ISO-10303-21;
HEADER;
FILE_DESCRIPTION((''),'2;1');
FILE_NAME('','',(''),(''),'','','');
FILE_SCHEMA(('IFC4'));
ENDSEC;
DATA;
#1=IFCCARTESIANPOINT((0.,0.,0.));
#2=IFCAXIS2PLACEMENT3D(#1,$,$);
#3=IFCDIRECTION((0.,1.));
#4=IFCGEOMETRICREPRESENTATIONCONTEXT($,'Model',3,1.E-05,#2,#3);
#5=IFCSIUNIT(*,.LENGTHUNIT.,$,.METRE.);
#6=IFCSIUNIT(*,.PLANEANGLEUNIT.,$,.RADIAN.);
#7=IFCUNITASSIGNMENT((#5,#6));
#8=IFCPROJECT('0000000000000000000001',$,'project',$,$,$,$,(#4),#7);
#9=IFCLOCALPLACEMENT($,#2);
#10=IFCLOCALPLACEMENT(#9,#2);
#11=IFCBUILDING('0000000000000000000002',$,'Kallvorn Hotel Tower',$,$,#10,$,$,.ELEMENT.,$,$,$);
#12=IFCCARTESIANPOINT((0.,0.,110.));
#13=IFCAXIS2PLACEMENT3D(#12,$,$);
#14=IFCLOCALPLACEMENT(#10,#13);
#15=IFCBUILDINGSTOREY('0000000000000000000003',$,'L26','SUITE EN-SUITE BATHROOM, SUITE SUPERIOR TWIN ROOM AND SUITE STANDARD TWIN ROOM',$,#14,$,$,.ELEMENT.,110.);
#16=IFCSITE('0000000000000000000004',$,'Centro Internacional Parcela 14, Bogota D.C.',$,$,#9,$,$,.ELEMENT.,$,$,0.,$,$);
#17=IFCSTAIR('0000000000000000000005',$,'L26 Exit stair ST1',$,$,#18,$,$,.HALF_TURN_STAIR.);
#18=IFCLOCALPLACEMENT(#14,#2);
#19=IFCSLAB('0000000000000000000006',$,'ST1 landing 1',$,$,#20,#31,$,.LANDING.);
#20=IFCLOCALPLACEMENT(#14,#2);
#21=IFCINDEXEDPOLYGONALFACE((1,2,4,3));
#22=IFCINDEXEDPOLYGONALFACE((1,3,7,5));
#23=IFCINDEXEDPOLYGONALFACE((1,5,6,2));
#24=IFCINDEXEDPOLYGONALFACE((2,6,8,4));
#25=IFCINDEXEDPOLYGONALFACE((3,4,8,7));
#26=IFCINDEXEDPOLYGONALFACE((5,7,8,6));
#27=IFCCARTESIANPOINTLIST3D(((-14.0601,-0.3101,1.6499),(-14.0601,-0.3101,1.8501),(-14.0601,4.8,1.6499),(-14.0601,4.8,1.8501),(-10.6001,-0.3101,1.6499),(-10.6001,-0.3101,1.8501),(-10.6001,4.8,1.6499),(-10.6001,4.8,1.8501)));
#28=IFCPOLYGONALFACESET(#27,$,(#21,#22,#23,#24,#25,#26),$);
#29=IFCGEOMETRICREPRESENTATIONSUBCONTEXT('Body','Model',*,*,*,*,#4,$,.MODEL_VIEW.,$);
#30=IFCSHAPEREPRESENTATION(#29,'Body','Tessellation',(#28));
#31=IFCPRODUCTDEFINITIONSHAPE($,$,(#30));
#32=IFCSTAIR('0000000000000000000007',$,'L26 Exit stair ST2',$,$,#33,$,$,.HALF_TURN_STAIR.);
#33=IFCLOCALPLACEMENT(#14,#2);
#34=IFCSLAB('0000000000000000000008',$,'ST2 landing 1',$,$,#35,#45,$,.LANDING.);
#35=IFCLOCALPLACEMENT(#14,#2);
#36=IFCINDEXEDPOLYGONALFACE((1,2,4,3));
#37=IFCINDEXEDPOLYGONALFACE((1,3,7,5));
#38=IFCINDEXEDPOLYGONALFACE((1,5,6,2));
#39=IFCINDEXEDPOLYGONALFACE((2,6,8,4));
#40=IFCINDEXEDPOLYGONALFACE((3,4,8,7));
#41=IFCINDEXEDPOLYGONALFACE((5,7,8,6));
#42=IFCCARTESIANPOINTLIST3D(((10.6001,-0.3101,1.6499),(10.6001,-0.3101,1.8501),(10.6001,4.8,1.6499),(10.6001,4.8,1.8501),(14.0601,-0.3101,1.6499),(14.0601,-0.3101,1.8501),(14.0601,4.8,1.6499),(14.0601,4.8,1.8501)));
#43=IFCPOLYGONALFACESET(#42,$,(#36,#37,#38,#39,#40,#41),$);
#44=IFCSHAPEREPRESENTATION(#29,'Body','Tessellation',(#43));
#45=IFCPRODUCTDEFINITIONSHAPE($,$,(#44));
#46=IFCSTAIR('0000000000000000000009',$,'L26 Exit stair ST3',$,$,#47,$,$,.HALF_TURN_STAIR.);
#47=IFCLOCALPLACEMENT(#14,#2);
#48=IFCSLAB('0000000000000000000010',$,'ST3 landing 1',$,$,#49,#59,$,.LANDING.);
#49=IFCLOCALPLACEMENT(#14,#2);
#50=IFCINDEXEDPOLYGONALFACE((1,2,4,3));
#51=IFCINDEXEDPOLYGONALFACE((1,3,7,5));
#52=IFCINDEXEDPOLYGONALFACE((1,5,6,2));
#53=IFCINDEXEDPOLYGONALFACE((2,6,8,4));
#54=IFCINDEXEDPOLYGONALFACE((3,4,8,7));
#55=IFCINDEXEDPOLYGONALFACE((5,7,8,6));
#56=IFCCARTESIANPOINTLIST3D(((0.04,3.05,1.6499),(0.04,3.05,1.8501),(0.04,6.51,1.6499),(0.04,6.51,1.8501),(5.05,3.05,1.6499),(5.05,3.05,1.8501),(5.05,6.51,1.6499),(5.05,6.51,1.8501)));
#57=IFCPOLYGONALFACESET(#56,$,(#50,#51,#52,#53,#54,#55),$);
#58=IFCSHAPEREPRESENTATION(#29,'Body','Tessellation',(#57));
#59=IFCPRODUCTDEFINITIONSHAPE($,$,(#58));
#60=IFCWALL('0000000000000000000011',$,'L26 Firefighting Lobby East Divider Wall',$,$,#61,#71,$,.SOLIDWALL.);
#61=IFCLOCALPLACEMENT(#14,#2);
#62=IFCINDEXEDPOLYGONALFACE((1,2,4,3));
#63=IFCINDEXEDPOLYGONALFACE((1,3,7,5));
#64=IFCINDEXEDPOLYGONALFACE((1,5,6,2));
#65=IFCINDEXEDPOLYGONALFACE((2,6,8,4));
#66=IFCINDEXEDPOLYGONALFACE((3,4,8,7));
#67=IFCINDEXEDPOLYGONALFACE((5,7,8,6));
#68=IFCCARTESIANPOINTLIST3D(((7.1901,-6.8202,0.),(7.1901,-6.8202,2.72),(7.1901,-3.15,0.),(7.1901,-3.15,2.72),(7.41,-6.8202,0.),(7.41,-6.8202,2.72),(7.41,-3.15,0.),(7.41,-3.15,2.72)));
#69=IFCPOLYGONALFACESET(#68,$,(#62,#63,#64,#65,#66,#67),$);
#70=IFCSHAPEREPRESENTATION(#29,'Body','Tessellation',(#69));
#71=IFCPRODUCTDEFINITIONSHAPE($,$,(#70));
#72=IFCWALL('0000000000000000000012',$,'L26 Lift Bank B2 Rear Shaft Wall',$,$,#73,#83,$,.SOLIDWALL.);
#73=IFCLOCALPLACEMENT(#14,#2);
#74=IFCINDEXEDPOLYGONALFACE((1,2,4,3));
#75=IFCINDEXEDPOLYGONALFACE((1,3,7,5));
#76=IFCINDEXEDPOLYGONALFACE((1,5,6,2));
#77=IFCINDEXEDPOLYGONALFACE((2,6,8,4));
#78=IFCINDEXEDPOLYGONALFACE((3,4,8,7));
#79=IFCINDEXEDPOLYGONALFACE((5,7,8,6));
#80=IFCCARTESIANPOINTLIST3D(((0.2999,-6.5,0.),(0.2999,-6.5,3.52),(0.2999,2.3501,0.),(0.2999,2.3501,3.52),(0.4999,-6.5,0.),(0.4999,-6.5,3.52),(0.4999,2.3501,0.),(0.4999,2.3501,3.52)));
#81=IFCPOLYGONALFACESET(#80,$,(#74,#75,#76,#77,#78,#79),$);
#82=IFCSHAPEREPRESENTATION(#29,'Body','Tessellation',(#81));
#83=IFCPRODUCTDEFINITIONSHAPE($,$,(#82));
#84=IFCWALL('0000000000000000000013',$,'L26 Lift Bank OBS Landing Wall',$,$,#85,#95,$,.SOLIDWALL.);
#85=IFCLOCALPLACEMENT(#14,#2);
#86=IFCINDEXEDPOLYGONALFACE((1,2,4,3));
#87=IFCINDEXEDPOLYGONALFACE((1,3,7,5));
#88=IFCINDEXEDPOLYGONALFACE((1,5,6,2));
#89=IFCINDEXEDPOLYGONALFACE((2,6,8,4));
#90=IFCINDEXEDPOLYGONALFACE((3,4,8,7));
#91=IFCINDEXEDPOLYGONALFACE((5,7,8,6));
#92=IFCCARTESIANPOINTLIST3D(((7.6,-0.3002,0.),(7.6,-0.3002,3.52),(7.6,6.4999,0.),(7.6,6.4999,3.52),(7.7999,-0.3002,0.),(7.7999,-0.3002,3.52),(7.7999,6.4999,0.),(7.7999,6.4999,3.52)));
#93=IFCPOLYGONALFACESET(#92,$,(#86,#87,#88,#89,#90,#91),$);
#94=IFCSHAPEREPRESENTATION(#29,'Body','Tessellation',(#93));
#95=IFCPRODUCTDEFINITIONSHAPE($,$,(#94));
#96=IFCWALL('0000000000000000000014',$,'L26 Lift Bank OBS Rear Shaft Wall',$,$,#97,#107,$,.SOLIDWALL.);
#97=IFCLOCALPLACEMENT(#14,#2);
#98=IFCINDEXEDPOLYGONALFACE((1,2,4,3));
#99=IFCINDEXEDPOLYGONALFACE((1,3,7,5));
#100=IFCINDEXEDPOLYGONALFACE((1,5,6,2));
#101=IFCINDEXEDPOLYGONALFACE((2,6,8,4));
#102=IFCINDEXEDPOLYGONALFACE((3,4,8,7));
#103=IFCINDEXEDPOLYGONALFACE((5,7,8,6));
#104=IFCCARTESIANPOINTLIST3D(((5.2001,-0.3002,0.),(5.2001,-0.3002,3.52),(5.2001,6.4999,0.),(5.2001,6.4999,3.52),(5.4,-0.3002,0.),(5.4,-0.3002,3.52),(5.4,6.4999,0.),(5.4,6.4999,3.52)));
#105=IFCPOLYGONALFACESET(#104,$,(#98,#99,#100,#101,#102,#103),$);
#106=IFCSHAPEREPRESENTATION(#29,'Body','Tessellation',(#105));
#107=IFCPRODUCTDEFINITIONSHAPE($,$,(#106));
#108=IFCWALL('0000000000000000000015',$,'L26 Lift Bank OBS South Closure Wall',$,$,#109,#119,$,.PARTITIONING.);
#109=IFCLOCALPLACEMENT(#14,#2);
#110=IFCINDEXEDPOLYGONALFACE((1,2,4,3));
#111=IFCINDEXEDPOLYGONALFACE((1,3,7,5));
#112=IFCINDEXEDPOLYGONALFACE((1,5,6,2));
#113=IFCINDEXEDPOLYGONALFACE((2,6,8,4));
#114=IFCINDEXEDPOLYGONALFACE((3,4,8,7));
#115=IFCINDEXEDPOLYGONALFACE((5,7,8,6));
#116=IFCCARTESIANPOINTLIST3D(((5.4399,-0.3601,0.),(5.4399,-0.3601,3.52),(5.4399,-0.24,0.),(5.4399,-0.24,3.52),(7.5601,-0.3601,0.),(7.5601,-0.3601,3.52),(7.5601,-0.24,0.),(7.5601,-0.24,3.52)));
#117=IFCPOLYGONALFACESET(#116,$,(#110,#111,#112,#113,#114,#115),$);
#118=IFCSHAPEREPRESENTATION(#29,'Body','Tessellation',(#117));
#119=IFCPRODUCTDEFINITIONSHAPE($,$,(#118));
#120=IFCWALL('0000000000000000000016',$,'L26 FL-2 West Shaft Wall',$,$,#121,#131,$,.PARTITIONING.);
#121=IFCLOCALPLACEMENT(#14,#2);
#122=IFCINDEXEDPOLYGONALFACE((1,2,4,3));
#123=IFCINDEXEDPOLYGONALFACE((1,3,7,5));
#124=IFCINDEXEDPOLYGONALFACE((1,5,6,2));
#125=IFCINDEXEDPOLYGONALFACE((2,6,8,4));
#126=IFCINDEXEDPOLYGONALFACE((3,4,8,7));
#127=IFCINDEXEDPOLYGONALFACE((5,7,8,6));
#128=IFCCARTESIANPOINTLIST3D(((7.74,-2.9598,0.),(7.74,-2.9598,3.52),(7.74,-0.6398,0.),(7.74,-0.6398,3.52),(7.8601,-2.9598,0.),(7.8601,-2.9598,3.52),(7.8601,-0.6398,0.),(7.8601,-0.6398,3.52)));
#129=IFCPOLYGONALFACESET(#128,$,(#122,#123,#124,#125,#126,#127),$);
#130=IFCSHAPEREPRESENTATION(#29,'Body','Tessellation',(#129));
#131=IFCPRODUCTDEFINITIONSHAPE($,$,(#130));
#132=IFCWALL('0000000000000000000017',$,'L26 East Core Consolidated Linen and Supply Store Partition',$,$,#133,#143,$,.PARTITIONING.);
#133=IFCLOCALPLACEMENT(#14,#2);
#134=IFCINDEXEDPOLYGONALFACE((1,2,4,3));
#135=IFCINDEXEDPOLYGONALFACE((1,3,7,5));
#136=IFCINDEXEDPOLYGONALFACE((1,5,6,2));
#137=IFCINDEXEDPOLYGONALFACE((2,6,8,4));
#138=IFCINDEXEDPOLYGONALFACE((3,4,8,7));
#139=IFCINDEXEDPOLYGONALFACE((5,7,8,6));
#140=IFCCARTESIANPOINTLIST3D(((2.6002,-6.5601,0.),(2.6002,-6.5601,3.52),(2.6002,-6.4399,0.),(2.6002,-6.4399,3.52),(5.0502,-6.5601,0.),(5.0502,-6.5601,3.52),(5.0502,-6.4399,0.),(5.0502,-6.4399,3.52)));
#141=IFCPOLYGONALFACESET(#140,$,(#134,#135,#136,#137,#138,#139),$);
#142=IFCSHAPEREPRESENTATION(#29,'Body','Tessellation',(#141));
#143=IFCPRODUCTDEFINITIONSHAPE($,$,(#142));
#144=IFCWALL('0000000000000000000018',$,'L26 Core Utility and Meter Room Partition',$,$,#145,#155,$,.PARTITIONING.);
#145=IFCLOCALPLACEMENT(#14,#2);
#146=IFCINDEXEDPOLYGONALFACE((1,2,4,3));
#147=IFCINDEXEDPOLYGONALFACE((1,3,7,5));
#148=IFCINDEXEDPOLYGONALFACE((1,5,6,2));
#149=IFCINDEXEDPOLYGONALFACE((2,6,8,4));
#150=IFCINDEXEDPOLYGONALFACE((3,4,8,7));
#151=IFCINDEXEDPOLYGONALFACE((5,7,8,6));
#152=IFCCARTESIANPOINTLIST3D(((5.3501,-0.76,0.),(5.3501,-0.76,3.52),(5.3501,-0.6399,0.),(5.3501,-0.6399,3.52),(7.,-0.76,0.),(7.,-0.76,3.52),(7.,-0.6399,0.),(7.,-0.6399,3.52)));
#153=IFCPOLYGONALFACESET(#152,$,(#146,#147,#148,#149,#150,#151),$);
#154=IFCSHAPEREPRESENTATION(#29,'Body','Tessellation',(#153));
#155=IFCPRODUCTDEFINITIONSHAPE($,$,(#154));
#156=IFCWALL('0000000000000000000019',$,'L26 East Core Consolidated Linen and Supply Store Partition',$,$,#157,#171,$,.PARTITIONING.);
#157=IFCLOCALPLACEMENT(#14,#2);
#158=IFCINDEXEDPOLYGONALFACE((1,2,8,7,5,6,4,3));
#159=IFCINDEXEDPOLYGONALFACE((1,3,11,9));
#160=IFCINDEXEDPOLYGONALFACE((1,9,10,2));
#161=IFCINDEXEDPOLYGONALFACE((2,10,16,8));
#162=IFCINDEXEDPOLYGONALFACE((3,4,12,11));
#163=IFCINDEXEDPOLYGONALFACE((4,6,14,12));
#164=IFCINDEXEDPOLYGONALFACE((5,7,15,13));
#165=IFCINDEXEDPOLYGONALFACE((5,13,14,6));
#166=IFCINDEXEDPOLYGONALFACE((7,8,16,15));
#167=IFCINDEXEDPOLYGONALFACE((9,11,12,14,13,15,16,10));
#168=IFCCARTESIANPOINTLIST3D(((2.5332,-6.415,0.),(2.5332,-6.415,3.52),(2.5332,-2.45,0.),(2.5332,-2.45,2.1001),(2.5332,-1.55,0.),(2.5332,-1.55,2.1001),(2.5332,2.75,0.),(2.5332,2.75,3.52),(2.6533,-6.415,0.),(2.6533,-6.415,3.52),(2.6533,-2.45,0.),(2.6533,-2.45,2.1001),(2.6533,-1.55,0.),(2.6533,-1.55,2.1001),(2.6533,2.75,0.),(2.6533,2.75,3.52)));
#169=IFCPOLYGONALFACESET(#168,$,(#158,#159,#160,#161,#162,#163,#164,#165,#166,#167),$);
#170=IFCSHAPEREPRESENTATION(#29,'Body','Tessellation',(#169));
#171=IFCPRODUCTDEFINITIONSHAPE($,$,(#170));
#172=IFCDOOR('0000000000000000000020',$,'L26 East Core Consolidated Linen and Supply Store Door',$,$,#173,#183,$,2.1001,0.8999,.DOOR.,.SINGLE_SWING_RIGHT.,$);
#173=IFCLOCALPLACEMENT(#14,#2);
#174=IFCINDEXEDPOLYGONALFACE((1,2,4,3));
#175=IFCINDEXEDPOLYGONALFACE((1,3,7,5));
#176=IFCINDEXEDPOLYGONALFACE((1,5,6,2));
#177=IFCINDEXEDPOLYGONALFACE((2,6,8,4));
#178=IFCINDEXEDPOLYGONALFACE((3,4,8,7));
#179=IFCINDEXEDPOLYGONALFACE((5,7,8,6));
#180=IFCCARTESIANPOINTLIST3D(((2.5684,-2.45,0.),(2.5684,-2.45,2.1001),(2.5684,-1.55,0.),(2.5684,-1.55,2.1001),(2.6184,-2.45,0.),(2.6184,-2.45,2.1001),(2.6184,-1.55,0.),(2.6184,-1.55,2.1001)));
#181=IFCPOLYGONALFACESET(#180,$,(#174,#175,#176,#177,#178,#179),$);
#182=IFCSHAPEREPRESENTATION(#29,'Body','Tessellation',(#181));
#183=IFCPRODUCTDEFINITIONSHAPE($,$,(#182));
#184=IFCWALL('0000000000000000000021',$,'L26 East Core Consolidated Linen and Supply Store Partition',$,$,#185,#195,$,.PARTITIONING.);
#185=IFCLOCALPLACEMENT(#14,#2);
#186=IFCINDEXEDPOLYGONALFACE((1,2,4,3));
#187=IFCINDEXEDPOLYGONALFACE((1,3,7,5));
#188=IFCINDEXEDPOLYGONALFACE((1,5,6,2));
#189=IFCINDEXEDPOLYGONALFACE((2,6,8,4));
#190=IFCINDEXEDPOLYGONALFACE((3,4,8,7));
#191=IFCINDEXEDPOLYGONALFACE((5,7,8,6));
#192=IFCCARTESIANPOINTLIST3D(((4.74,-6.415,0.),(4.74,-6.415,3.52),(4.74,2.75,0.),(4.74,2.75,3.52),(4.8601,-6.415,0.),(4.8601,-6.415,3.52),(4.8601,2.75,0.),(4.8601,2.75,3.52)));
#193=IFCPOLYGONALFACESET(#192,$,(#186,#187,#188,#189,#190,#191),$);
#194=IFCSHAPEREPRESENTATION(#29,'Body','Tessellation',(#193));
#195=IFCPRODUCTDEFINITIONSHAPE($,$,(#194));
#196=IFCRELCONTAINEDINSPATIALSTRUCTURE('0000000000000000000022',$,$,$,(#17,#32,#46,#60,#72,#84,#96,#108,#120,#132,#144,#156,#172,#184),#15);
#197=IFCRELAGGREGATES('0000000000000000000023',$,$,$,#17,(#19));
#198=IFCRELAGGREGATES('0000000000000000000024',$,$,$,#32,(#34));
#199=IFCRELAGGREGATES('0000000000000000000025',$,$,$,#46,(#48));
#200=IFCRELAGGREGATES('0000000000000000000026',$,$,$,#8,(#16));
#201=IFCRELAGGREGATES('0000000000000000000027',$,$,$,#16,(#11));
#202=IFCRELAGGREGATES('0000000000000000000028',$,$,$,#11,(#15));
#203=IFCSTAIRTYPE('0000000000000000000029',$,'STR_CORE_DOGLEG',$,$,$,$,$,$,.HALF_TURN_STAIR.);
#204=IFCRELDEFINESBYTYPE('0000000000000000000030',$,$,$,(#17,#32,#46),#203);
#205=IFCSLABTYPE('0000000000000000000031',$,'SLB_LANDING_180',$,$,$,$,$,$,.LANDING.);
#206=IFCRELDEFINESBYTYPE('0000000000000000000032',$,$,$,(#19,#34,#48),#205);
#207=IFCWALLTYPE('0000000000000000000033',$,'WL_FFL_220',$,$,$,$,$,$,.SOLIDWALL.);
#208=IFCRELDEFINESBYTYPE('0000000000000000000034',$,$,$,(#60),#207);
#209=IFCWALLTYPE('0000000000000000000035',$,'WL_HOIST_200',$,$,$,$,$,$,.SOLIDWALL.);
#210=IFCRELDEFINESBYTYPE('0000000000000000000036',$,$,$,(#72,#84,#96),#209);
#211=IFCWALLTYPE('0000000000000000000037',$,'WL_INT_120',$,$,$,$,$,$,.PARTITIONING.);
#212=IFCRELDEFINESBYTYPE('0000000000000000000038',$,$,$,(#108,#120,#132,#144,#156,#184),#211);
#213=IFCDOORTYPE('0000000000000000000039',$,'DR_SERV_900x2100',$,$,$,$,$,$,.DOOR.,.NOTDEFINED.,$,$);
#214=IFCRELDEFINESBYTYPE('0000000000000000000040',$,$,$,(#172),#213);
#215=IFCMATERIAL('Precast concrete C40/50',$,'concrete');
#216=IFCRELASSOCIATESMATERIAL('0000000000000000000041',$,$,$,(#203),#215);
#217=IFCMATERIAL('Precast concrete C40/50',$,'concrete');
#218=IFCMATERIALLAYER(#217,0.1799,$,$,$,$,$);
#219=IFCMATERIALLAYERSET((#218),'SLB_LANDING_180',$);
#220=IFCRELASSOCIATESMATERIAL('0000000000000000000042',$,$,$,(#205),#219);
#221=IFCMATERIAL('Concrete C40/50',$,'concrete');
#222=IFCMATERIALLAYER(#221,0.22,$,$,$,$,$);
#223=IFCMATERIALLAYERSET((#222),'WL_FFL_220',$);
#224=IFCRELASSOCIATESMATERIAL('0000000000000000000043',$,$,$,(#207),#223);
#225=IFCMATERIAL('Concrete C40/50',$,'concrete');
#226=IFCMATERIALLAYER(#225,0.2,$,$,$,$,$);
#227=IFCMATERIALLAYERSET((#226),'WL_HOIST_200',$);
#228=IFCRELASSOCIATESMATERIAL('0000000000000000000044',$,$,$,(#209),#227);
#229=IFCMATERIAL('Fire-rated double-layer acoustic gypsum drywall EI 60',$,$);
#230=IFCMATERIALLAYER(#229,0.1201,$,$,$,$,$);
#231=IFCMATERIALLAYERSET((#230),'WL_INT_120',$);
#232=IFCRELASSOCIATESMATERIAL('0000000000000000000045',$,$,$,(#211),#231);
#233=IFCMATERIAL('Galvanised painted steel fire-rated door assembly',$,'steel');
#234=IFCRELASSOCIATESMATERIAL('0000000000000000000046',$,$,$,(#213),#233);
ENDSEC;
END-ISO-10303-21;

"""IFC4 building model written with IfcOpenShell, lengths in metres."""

from ifc_helpers import new_model, si_unit, direction, frame, frame_2d, origin, place, context, subcontext, project, spatial, polyline, rectangle, outline, extrude, material, layer, layer_set, type_object, element, fill, aggregate, save


model = new_model("IFC4")

# Units and contexts
model_context = context("Model", 3, precision=1e-05, world=origin(), true_north=direction((0.0, 1.0)))
body_context = subcontext(model_context, "Body", "Model", "MODEL_VIEW")
ifc_project = project(units=[si_unit("LENGTHUNIT", "METRE"), si_unit("PLANEANGLEUNIT", "RADIAN")], contexts=[model_context])

# Site, building, storey
site_placement = place(None, origin())
site = spatial("IfcSite", under=ifc_project, at=site_placement, Name="Centro Internacional Parcela 14, Bogota D.C.", CompositionType="ELEMENT", RefElevation=0.0)
building_placement = place(site_placement, origin())
building = spatial("IfcBuilding", under=site, at=building_placement, Name="Kallvorn Hotel Tower", CompositionType="ELEMENT")
storey_placement = place(building_placement, frame((0.0, 0.0, 110.0)))
storey = spatial("IfcBuildingStorey", under=building, at=storey_placement, Name="L26", Description="SUITE EN-SUITE BATHROOM, SUITE SUPERIOR TWIN ROOM AND SUITE STANDARD TWIN ROOM", CompositionType="ELEMENT", Elevation=110.0)

# Stairs, slabs
ifc_material_1 = material(Name="Precast concrete C40/50", Category="concrete")
stair_type = type_object("IfcStairType", Name="STR_CORE_DOGLEG", PredefinedType="HALF_TURN_STAIR", material=ifc_material_1)
stair_1_placement = place(storey_placement, origin())
stair_1 = element("IfcStair", 1, at=stair_1_placement, inside=storey, type_object=stair_type, Name="L26 Exit stair ST1", PredefinedType="HALF_TURN_STAIR")
ifc_material_2 = material(Name="Precast concrete C40/50", Category="concrete")
ifc_layer_1 = layer(ifc_material_2, 0.1799)
ifc_layer_set_1 = layer_set([ifc_layer_1], Name="SLB_LANDING_180")
slab_type = type_object("IfcSlabType", Name="SLB_LANDING_180", PredefinedType="LANDING", material=ifc_layer_set_1)
slab_1_placement = place(storey_placement, frame((0.0, 0.0, 1.6499)))
slab_1 = element("IfcSlab", 2, at=slab_1_placement, type_object=slab_type, Name="ST1 landing 1", PredefinedType="LANDING", context=body_context, shape_type="SweptSolid", body=[
    extrude(outline(polyline([(-10.6001, -0.3101), (-10.6001, 4.8), (-14.0601, 4.8), (-14.0601, -0.3101), (-10.6001, -0.3101)])), origin(), (0.0, 0.0, 1.0), 0.2002),
])
aggregate(stair_1, [slab_1])
stair_2_placement = place(storey_placement, origin())
stair_2 = element("IfcStair", 3, at=stair_2_placement, inside=storey, type_object=stair_type, Name="L26 Exit stair ST2", PredefinedType="HALF_TURN_STAIR")
slab_2_placement = place(storey_placement, frame((0.0, 0.0, 1.6499)))
slab_2 = element("IfcSlab", 4, at=slab_2_placement, type_object=slab_type, Name="ST2 landing 1", PredefinedType="LANDING", context=body_context, shape_type="SweptSolid", body=[
    extrude(outline(polyline([(14.0601, -0.3101), (14.0601, 4.8), (10.6001, 4.8), (10.6001, -0.3101), (14.0601, -0.3101)])), origin(), (0.0, 0.0, 1.0), 0.2002),
])
aggregate(stair_2, [slab_2])
stair_3_placement = place(storey_placement, origin())
stair_3 = element("IfcStair", 5, at=stair_3_placement, inside=storey, type_object=stair_type, Name="L26 Exit stair ST3", PredefinedType="HALF_TURN_STAIR")
slab_3_placement = place(storey_placement, frame((0.0, 0.0, 1.6499)))
slab_3 = element("IfcSlab", 6, at=slab_3_placement, type_object=slab_type, Name="ST3 landing 1", PredefinedType="LANDING", context=body_context, shape_type="SweptSolid", body=[
    extrude(outline(polyline([(0.04, 3.05), (5.05, 3.05), (5.05, 6.51), (0.04, 6.51), (0.04, 3.05)])), origin(), (0.0, 0.0, 1.0), 0.2002),
])
aggregate(stair_3, [slab_3])

# Walls
ifc_material_3 = material(Name="Concrete C40/50", Category="concrete")
ifc_layer_2 = layer(ifc_material_3, 0.22)
ifc_layer_set_2 = layer_set([ifc_layer_2], Name="WL_FFL_220")
wall_type_1 = type_object("IfcWallType", Name="WL_FFL_220", PredefinedType="SOLIDWALL", material=ifc_layer_set_2)
wall_1_placement = place(storey_placement, frame((7.3, -6.8201, 0.0), z_axis=(0.0, 0.0, 1.0), x_axis=(0.0, 1.0, 0.0)))
element("IfcWall", 7, at=wall_1_placement, inside=storey, type_object=wall_type_1, Name="L26 Firefighting Lobby East Divider Wall", PredefinedType="SOLIDWALL", context=body_context, shape_type="SweptSolid", body=[
    extrude(rectangle(XDim=3.6702, YDim=0.22, at=frame_2d((1.835, 0.0))), origin(), (0.0, 0.0, 1.0), 2.72),
])
ifc_material_4 = material(Name="Concrete C40/50", Category="concrete")
ifc_layer_3 = layer(ifc_material_4, 0.2)
ifc_layer_set_3 = layer_set([ifc_layer_3], Name="WL_HOIST_200")
wall_type_2 = type_object("IfcWallType", Name="WL_HOIST_200", PredefinedType="SOLIDWALL", material=ifc_layer_set_3)
wall_2_placement = place(storey_placement, frame((0.3999, -6.5, 0.0), z_axis=(0.0, 0.0, 1.0), x_axis=(0.0, 1.0, 0.0)))
element("IfcWall", 8, at=wall_2_placement, inside=storey, type_object=wall_type_2, Name="L26 Lift Bank B2 Rear Shaft Wall", PredefinedType="SOLIDWALL", context=body_context, shape_type="SweptSolid", body=[
    extrude(rectangle(XDim=8.8501, YDim=0.2, at=frame_2d((4.425, 0.0))), origin(), (0.0, 0.0, 1.0), 3.52),
])
for number, where, z_axis, x_axis, name in (
    (9, (7.7, -0.3, 0.0), (0.0, 0.0, 1.0), (0.0, 1.0, 0.0), "L26 Lift Bank OBS Landing Wall"),
    (10, (5.3, -0.3, 0.0), (0.0, 0.0, 1.0), (0.0, 1.0, 0.0), "L26 Lift Bank OBS Rear Shaft Wall"),
):
    element("IfcWall", number, at=place(storey_placement, frame(where, z_axis=z_axis, x_axis=x_axis)), inside=storey, type_object=wall_type_2, Name=name, PredefinedType="SOLIDWALL", context=body_context, shape_type="SweptSolid", body=[
        extrude(rectangle(XDim=6.8, YDim=0.2, at=frame_2d((3.3999, 0.0))), origin(), (0.0, 0.0, 1.0), 3.52),
    ])
ifc_material_5 = material(Name="Fire-rated double-layer acoustic gypsum drywall EI 60")
ifc_layer_4 = layer(ifc_material_5, 0.1201)
ifc_layer_set_4 = layer_set([ifc_layer_4], Name="WL_INT_120")
wall_type_3 = type_object("IfcWallType", Name="WL_INT_120", PredefinedType="PARTITIONING", material=ifc_layer_set_4)
wall_3_placement = place(storey_placement, frame((5.4399, -0.3, 0.0), z_axis=(0.0, 0.0, 1.0), x_axis=(1.0, 0.0, 0.0)))
element("IfcWall", 11, at=wall_3_placement, inside=storey, type_object=wall_type_3, Name="L26 Lift Bank OBS South Closure Wall", PredefinedType="PARTITIONING", context=body_context, shape_type="SweptSolid", body=[
    extrude(rectangle(XDim=2.1201, YDim=0.1201, at=frame_2d((1.0601, 0.0))), origin(), (0.0, 0.0, 1.0), 3.52),
])
wall_4_placement = place(storey_placement, frame((7.8, -2.96, 0.0), z_axis=(0.0, 0.0, 1.0), x_axis=(0.0, 1.0, 0.0)))
element("IfcWall", 12, at=wall_4_placement, inside=storey, type_object=wall_type_3, Name="L26 FL-2 West Shaft Wall", PredefinedType="PARTITIONING", context=body_context, shape_type="SweptSolid", body=[
    extrude(rectangle(XDim=2.3201, YDim=0.1201, at=frame_2d((1.1602, 0.0))), origin(), (0.0, 0.0, 1.0), 3.52),
])
wall_5_placement = place(storey_placement, frame((2.6001, -6.5, 0.0), z_axis=(0.0, 0.0, 1.0), x_axis=(1.0, 0.0, 0.0)))
element("IfcWall", 13, at=wall_5_placement, inside=storey, type_object=wall_type_3, Name="L26 East Core Consolidated Linen and Supply Store Partition", PredefinedType="PARTITIONING", context=body_context, shape_type="SweptSolid", body=[
    extrude(rectangle(XDim=2.45, YDim=0.1201, at=frame_2d((1.2251, 0.0))), origin(), (0.0, 0.0, 1.0), 3.52),
])
wall_6_placement = place(storey_placement, frame((5.3501, -0.7, 0.0), z_axis=(0.0, 0.0, 1.0), x_axis=(1.0, 0.0, 0.0)))
element("IfcWall", 14, at=wall_6_placement, inside=storey, type_object=wall_type_3, Name="L26 Core Utility and Meter Room Partition", PredefinedType="PARTITIONING", context=body_context, shape_type="SweptSolid", body=[
    extrude(rectangle(XDim=1.6499, YDim=0.1201, at=frame_2d((0.825, 0.0))), origin(), (0.0, 0.0, 1.0), 3.52),
])

# Wall, opening, door
wall_7_placement = place(storey_placement, frame((2.5933, -6.415, 0.0), z_axis=(0.0, 0.0, 1.0), x_axis=(0.0, 1.0, 0.0)))
wall_7 = element("IfcWall", 15, at=wall_7_placement, inside=storey, type_object=wall_type_3, Name="L26 East Core Consolidated Linen and Supply Store Partition", PredefinedType="PARTITIONING", context=body_context, shape_type="SweptSolid", body=[
    extrude(rectangle(XDim=9.165, YDim=0.1201, at=frame_2d((4.5825, 0.0))), origin(), (0.0, 0.0, 1.0), 3.52),
])
opening_1_placement = place(wall_7_placement, frame((3.9651, 0.0, 0.0)))
opening_1 = element("IfcOpeningElement", 16, at=opening_1_placement, cuts=wall_7, PredefinedType="OPENING", context=body_context, shape_type="SweptSolid", body=[
    extrude(rectangle(XDim=0.8999, YDim=2.1001, at=frame_2d((0.45, 1.05))), frame((0.0, 0.075, 0.0), z_axis=(0.0, -1.0, 0.0), x_axis=(1.0, 0.0, 0.0)), (0.0, 0.0, 1.0), 0.1501),
])
ifc_material_6 = material(Name="Galvanised painted steel fire-rated door assembly", Category="steel")
door_type_1 = type_object("IfcDoorType", Name="DR_SERV_900x2100", OperationType="NOTDEFINED", PredefinedType="DOOR", material=ifc_material_6)
door_1_placement = place(opening_1_placement, origin())
door_1 = element("IfcDoor", 17, at=door_1_placement, inside=storey, type_object=door_type_1, Name="L26 East Core Consolidated Linen and Supply Store Door", OperationType="SINGLE_SWING_RIGHT", OverallHeight=2.1001, OverallWidth=0.8999, PredefinedType="DOOR", context=body_context, shape_type="SweptSolid", body=[
    extrude(rectangle(XDim=0.8999, YDim=2.1001, at=frame_2d((0.45, 1.05))), frame((0.0, 0.0249, 0.0), z_axis=(0.0, -1.0, 0.0), x_axis=(1.0, 0.0, 0.0)), (0.0, 0.0, 1.0), 0.05),
])
fill(opening_1, door_1)

# Wall
wall_8_placement = place(storey_placement, frame((4.8, -6.415, 0.0), z_axis=(0.0, 0.0, 1.0), x_axis=(0.0, 1.0, 0.0)))
element("IfcWall", 18, at=wall_8_placement, inside=storey, type_object=wall_type_3, Name="L26 East Core Consolidated Linen and Supply Store Partition", PredefinedType="PARTITIONING", context=body_context, shape_type="SweptSolid", body=[
    extrude(rectangle(XDim=9.165, YDim=0.1201, at=frame_2d((4.5825, 0.0))), origin(), (0.0, 0.0, 1.0), 3.52),
])

save(model, "model.ifc")
